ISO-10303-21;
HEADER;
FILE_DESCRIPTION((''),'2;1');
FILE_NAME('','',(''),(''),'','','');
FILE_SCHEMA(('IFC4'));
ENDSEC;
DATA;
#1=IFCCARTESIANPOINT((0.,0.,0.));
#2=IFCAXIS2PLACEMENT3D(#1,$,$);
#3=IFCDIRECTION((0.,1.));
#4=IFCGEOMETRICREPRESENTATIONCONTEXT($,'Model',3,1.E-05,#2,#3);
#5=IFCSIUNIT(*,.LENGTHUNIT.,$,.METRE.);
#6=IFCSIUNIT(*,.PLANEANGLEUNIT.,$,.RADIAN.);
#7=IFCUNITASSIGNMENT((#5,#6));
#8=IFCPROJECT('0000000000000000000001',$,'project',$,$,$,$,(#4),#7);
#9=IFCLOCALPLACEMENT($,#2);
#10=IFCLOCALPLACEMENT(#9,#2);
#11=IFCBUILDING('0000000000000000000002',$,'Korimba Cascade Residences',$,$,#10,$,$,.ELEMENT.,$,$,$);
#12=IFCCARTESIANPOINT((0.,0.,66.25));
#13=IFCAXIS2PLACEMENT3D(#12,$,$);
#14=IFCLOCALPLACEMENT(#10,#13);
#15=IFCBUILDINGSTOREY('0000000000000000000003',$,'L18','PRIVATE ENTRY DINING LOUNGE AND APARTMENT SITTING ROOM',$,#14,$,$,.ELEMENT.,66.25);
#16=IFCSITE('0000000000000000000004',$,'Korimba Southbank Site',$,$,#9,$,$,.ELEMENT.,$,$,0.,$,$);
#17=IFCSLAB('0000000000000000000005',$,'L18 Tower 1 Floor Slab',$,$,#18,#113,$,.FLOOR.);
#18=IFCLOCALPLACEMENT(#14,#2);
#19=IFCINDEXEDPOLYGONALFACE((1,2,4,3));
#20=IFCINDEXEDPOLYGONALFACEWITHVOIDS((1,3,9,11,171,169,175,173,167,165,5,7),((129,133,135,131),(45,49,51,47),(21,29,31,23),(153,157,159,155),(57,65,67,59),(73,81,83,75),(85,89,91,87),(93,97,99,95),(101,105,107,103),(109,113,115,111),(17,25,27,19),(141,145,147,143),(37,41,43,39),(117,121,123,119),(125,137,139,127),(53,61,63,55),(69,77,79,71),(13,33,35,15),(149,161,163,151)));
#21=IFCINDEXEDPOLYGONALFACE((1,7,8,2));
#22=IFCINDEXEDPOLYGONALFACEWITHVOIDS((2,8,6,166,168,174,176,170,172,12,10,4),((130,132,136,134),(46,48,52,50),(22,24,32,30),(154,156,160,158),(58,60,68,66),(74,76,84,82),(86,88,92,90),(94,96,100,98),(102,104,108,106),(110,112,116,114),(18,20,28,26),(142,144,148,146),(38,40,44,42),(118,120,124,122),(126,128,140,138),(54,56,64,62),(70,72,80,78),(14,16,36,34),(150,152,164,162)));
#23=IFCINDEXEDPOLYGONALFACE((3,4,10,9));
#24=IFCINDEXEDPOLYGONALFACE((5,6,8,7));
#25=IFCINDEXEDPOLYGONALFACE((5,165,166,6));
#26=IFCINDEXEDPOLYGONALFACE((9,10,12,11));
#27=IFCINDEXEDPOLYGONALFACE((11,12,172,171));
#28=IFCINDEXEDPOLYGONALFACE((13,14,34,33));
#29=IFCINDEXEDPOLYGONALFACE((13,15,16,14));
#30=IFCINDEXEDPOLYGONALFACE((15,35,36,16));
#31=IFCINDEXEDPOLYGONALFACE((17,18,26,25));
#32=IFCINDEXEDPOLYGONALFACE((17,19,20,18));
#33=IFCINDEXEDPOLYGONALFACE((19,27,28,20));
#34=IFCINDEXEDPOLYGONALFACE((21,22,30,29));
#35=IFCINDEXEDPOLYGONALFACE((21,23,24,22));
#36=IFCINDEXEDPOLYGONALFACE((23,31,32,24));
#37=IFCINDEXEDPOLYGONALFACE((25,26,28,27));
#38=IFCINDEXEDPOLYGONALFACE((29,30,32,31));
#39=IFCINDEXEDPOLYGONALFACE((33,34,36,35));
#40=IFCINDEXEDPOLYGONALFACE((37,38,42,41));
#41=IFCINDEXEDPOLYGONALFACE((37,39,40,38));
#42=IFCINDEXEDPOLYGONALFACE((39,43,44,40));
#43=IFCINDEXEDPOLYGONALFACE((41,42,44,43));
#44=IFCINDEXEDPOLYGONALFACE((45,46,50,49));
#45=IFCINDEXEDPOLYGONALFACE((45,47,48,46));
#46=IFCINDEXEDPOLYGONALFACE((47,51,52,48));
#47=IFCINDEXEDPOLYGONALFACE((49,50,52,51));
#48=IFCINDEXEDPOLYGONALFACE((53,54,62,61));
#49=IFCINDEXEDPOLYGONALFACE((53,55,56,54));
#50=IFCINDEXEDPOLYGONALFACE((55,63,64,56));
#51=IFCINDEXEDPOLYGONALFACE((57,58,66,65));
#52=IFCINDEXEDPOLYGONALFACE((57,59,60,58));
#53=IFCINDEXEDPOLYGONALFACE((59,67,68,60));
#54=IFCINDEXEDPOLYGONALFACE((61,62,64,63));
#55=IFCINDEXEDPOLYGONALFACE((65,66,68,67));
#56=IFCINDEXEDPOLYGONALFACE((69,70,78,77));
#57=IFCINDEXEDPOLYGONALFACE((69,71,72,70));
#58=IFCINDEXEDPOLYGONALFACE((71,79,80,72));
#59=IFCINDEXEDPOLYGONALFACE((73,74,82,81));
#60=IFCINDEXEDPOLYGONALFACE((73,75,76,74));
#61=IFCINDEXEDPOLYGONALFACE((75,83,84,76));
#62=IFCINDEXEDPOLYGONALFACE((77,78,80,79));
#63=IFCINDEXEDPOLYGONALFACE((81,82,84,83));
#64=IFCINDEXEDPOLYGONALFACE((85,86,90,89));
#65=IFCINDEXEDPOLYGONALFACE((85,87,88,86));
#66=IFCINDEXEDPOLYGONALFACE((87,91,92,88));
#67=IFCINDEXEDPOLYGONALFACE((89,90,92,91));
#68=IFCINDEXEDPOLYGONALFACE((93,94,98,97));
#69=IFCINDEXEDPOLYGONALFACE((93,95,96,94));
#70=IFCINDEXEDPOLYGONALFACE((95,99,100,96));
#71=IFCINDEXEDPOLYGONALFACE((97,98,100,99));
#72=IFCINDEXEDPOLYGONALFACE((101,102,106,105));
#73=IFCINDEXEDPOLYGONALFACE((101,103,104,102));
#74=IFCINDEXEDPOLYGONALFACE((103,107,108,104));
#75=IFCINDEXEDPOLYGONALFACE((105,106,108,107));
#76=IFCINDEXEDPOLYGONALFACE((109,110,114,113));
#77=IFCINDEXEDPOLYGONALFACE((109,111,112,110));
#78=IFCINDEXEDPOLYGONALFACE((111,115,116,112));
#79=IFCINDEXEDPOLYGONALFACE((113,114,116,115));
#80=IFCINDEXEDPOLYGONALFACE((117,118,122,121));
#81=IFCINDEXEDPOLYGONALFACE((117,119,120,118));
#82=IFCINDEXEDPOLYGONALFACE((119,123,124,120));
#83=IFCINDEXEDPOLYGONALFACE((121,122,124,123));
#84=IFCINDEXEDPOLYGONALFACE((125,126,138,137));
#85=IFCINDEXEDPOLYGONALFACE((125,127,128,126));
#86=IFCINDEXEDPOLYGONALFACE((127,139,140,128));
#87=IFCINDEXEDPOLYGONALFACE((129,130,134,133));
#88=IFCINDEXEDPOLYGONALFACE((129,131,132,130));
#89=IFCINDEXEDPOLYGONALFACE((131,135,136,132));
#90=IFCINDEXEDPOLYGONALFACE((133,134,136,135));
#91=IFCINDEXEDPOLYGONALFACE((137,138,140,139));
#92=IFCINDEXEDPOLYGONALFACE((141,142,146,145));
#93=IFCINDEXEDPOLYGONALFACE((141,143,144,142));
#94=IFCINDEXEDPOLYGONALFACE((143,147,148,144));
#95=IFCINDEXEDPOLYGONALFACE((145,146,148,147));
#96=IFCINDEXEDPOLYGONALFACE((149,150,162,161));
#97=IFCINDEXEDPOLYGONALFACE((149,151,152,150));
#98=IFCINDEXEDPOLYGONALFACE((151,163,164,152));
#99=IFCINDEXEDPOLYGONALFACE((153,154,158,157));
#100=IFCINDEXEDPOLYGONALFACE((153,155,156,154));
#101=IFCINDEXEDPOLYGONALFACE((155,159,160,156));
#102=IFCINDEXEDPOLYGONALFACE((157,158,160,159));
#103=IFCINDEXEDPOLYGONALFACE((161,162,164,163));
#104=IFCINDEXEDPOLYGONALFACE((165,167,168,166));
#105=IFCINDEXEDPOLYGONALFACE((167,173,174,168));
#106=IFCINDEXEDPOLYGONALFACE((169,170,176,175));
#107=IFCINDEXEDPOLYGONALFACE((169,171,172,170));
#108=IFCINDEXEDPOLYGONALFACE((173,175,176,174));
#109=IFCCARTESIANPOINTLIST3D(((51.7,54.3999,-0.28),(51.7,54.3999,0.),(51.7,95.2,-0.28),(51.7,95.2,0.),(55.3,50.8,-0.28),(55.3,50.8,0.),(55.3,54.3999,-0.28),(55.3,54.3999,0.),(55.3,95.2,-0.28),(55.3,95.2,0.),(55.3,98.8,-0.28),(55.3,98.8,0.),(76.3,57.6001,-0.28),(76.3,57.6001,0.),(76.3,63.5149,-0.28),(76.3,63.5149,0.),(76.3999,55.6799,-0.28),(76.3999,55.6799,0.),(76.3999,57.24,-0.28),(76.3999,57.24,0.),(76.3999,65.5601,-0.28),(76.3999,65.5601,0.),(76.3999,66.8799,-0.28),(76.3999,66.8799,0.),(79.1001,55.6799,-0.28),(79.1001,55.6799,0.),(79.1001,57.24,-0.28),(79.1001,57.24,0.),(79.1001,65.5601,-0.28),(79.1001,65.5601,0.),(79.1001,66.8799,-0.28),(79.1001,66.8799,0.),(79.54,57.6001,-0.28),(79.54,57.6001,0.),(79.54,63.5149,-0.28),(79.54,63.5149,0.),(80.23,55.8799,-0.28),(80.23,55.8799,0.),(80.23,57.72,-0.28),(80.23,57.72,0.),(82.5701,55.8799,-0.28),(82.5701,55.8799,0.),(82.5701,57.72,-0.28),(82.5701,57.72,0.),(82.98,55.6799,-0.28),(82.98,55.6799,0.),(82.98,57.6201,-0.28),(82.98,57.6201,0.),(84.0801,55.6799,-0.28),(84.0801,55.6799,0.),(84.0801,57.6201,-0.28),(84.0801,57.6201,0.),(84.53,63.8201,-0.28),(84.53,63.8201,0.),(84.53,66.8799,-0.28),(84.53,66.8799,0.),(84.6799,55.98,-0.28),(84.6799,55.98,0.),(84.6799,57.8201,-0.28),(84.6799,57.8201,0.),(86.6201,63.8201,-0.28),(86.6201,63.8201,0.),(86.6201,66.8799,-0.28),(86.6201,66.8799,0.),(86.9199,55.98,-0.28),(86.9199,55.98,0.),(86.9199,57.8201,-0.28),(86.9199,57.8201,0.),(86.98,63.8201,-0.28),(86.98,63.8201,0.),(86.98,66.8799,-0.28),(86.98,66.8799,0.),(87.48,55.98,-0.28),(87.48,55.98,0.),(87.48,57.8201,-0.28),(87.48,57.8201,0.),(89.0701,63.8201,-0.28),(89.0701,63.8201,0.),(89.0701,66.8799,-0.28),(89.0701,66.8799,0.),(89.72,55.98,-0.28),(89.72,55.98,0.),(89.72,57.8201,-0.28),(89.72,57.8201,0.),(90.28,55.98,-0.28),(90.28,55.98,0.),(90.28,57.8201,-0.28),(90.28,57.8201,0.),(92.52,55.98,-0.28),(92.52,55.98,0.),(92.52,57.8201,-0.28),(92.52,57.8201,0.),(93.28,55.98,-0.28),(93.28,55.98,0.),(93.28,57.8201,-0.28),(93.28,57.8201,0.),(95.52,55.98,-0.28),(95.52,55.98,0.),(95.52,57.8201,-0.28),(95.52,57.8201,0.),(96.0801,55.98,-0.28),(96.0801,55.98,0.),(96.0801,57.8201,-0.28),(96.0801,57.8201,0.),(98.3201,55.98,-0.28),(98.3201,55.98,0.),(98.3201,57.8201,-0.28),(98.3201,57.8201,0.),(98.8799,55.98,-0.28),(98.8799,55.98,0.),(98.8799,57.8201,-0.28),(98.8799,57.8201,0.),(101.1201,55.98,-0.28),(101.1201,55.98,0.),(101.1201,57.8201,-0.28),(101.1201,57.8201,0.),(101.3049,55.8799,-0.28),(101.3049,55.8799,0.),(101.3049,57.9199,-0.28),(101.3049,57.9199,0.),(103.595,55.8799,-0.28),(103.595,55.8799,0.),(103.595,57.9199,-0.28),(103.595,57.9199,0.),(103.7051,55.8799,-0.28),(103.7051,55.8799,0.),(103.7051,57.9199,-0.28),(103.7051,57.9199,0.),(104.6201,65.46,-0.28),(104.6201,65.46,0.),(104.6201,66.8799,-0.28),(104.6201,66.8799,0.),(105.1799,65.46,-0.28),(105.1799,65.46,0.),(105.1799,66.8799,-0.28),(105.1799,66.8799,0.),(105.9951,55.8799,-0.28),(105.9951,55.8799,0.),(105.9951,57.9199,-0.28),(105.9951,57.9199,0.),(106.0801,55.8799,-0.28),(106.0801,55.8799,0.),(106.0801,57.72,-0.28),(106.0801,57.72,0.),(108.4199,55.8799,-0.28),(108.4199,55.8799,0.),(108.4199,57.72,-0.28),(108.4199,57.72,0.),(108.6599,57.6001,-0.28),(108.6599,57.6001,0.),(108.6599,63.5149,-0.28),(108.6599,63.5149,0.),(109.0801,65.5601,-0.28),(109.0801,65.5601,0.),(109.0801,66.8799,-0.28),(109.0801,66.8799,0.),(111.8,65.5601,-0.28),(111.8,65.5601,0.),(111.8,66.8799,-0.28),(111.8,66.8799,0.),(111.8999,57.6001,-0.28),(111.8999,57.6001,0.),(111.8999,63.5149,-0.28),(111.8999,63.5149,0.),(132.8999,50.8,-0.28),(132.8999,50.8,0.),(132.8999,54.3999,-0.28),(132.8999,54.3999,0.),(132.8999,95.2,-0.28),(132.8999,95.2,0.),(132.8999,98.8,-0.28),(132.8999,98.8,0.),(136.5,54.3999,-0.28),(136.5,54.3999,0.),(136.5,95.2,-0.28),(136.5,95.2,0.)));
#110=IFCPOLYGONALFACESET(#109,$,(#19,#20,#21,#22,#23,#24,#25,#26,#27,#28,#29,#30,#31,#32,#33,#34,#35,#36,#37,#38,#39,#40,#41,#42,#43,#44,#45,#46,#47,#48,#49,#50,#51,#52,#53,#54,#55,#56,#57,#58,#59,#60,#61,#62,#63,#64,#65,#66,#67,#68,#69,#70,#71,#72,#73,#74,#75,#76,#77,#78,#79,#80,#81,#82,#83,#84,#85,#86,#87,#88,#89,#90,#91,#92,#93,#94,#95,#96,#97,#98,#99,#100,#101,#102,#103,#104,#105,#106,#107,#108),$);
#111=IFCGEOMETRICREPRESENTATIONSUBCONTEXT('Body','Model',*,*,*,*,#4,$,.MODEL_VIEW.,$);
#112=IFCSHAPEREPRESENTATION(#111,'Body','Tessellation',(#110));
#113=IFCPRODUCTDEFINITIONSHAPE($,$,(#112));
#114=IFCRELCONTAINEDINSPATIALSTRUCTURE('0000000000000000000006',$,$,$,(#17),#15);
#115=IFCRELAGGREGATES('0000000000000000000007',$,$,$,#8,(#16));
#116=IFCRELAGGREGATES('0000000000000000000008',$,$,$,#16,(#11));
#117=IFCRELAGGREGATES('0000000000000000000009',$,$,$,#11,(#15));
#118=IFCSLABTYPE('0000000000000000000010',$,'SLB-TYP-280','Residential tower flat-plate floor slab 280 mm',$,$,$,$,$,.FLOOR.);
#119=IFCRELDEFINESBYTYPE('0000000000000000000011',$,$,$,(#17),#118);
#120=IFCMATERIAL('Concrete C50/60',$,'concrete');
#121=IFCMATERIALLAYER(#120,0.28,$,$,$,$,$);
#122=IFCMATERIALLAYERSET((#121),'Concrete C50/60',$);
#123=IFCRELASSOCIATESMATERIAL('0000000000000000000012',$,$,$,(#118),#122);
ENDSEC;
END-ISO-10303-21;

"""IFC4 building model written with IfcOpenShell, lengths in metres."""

from ifc_helpers import new_model, si_unit, direction, frame, origin, place, context, subcontext, project, spatial, polyline, outline, extrude, material, layer, layer_set, type_object, element, save


model = new_model("IFC4")

# Units and contexts
model_context = context("Model", 3, precision=1e-05, world=origin(), true_north=direction((0.0, 1.0)))
body_context = subcontext(model_context, "Body", "Model", "MODEL_VIEW")
ifc_project = project(units=[si_unit("LENGTHUNIT", "METRE"), si_unit("PLANEANGLEUNIT", "RADIAN")], contexts=[model_context])

# Site, building, storey
site_placement = place(None, origin())
site = spatial("IfcSite", under=ifc_project, at=site_placement, Name="Korimba Southbank Site", CompositionType="ELEMENT", RefElevation=0.0)
building_placement = place(site_placement, origin())
building = spatial("IfcBuilding", under=site, at=building_placement, Name="Korimba Cascade Residences", CompositionType="ELEMENT")
storey_placement = place(building_placement, frame((0.0, 0.0, 66.25)))
storey = spatial("IfcBuildingStorey", under=building, at=storey_placement, Name="L18", Description="PRIVATE ENTRY DINING LOUNGE AND APARTMENT SITTING ROOM", CompositionType="ELEMENT", Elevation=66.25)

# Shared definitions
ifc_material_1 = material(Name="Concrete C50/60", Category="concrete")

# Slab
ifc_layer_1 = layer(ifc_material_1, 0.28)
ifc_layer_set_1 = layer_set([ifc_layer_1], Name="Concrete C50/60")
slab_type_1 = type_object("IfcSlabType", Name="SLB-TYP-280", Description="Residential tower flat-plate floor slab 280 mm", PredefinedType="FLOOR", material=ifc_layer_set_1)
slab_1_placement = place(storey_placement, frame((0.0, 0.0, -0.28)))
element("IfcSlab", 1, at=slab_1_placement, inside=storey, type_object=slab_type_1, Name="L18 Tower 1 Floor Slab", PredefinedType="FLOOR", context=body_context, shape_type="SweptSolid", body=[
    extrude(outline(polyline([(55.3, 50.8), (132.8999, 50.8), (132.8999, 54.3999), (136.5, 54.3999), (136.5, 95.2), (132.8999, 95.2), (132.8999, 98.8), (55.3, 98.8), (55.3, 95.2), (51.7, 95.2), (51.7, 54.3999), (55.3, 54.3999), (55.3, 50.8)]), holes=[polyline([(76.3, 63.5149), (76.3, 57.6001), (79.54, 57.6001), (79.54, 63.5149), (76.3, 63.5149)]), polyline([(108.6599, 63.5149), (108.6599, 57.6001), (111.8999, 57.6001), (111.8999, 63.5149), (108.6599, 63.5149)]), polyline([(80.23, 55.8799), (82.5701, 55.8799), (82.5701, 57.72), (80.23, 57.72), (80.23, 55.8799)]), polyline([(106.0801, 55.8799), (108.4199, 55.8799), (108.4199, 57.72), (106.0801, 57.72), (106.0801, 55.8799)]), polyline([(84.6799, 55.98), (86.9199, 55.98), (86.9199, 57.8201), (84.6799, 57.8201), (84.6799, 55.98)]), polyline([(87.48, 55.98), (89.72, 55.98), (89.72, 57.8201), (87.48, 57.8201), (87.48, 55.98)]), polyline([(90.28, 55.98), (92.52, 55.98), (92.52, 57.8201), (90.28, 57.8201), (90.28, 55.98)]), polyline([(93.28, 55.98), (95.52, 55.98), (95.52, 57.8201), (93.28, 57.8201), (93.28, 55.98)]), polyline([(96.0801, 55.98), (98.3201, 55.98), (98.3201, 57.8201), (96.0801, 57.8201), (96.0801, 55.98)]), polyline([(98.8799, 55.98), (101.1201, 55.98), (101.1201, 57.8201), (98.8799, 57.8201), (98.8799, 55.98)]), polyline([(101.3049, 55.8799), (103.595, 55.8799), (103.595, 57.9199), (101.3049, 57.9199), (101.3049, 55.8799)]), polyline([(103.7051, 55.8799), (105.9951, 55.8799), (105.9951, 57.9199), (103.7051, 57.9199), (103.7051, 55.8799)]), polyline([(82.98, 55.6799), (84.0801, 55.6799), (84.0801, 57.6201), (82.98, 57.6201), (82.98, 55.6799)]), polyline([(76.3999, 65.5601), (79.1001, 65.5601), (79.1001, 66.8799), (76.3999, 66.8799), (76.3999, 65.5601)]), polyline([(76.3999, 55.6799), (79.1001, 55.6799), (79.1001, 57.24), (76.3999, 57.24), (76.3999, 55.6799)]), polyline([(84.53, 63.8201), (86.6201, 63.8201), (86.6201, 66.8799), (84.53, 66.8799), (84.53, 63.8201)]), polyline([(86.98, 63.8201), (89.0701, 63.8201), (89.0701, 66.8799), (86.98, 66.8799), (86.98, 63.8201)]), polyline([(104.6201, 65.46), (105.1799, 65.46), (105.1799, 66.8799), (104.6201, 66.8799), (104.6201, 65.46)]), polyline([(109.0801, 65.5601), (111.8, 65.5601), (111.8, 66.8799), (109.0801, 66.8799), (109.0801, 65.5601)])]), origin(), (0.0, 0.0, 1.0), 0.28),
])

save(model, "model.ifc")
